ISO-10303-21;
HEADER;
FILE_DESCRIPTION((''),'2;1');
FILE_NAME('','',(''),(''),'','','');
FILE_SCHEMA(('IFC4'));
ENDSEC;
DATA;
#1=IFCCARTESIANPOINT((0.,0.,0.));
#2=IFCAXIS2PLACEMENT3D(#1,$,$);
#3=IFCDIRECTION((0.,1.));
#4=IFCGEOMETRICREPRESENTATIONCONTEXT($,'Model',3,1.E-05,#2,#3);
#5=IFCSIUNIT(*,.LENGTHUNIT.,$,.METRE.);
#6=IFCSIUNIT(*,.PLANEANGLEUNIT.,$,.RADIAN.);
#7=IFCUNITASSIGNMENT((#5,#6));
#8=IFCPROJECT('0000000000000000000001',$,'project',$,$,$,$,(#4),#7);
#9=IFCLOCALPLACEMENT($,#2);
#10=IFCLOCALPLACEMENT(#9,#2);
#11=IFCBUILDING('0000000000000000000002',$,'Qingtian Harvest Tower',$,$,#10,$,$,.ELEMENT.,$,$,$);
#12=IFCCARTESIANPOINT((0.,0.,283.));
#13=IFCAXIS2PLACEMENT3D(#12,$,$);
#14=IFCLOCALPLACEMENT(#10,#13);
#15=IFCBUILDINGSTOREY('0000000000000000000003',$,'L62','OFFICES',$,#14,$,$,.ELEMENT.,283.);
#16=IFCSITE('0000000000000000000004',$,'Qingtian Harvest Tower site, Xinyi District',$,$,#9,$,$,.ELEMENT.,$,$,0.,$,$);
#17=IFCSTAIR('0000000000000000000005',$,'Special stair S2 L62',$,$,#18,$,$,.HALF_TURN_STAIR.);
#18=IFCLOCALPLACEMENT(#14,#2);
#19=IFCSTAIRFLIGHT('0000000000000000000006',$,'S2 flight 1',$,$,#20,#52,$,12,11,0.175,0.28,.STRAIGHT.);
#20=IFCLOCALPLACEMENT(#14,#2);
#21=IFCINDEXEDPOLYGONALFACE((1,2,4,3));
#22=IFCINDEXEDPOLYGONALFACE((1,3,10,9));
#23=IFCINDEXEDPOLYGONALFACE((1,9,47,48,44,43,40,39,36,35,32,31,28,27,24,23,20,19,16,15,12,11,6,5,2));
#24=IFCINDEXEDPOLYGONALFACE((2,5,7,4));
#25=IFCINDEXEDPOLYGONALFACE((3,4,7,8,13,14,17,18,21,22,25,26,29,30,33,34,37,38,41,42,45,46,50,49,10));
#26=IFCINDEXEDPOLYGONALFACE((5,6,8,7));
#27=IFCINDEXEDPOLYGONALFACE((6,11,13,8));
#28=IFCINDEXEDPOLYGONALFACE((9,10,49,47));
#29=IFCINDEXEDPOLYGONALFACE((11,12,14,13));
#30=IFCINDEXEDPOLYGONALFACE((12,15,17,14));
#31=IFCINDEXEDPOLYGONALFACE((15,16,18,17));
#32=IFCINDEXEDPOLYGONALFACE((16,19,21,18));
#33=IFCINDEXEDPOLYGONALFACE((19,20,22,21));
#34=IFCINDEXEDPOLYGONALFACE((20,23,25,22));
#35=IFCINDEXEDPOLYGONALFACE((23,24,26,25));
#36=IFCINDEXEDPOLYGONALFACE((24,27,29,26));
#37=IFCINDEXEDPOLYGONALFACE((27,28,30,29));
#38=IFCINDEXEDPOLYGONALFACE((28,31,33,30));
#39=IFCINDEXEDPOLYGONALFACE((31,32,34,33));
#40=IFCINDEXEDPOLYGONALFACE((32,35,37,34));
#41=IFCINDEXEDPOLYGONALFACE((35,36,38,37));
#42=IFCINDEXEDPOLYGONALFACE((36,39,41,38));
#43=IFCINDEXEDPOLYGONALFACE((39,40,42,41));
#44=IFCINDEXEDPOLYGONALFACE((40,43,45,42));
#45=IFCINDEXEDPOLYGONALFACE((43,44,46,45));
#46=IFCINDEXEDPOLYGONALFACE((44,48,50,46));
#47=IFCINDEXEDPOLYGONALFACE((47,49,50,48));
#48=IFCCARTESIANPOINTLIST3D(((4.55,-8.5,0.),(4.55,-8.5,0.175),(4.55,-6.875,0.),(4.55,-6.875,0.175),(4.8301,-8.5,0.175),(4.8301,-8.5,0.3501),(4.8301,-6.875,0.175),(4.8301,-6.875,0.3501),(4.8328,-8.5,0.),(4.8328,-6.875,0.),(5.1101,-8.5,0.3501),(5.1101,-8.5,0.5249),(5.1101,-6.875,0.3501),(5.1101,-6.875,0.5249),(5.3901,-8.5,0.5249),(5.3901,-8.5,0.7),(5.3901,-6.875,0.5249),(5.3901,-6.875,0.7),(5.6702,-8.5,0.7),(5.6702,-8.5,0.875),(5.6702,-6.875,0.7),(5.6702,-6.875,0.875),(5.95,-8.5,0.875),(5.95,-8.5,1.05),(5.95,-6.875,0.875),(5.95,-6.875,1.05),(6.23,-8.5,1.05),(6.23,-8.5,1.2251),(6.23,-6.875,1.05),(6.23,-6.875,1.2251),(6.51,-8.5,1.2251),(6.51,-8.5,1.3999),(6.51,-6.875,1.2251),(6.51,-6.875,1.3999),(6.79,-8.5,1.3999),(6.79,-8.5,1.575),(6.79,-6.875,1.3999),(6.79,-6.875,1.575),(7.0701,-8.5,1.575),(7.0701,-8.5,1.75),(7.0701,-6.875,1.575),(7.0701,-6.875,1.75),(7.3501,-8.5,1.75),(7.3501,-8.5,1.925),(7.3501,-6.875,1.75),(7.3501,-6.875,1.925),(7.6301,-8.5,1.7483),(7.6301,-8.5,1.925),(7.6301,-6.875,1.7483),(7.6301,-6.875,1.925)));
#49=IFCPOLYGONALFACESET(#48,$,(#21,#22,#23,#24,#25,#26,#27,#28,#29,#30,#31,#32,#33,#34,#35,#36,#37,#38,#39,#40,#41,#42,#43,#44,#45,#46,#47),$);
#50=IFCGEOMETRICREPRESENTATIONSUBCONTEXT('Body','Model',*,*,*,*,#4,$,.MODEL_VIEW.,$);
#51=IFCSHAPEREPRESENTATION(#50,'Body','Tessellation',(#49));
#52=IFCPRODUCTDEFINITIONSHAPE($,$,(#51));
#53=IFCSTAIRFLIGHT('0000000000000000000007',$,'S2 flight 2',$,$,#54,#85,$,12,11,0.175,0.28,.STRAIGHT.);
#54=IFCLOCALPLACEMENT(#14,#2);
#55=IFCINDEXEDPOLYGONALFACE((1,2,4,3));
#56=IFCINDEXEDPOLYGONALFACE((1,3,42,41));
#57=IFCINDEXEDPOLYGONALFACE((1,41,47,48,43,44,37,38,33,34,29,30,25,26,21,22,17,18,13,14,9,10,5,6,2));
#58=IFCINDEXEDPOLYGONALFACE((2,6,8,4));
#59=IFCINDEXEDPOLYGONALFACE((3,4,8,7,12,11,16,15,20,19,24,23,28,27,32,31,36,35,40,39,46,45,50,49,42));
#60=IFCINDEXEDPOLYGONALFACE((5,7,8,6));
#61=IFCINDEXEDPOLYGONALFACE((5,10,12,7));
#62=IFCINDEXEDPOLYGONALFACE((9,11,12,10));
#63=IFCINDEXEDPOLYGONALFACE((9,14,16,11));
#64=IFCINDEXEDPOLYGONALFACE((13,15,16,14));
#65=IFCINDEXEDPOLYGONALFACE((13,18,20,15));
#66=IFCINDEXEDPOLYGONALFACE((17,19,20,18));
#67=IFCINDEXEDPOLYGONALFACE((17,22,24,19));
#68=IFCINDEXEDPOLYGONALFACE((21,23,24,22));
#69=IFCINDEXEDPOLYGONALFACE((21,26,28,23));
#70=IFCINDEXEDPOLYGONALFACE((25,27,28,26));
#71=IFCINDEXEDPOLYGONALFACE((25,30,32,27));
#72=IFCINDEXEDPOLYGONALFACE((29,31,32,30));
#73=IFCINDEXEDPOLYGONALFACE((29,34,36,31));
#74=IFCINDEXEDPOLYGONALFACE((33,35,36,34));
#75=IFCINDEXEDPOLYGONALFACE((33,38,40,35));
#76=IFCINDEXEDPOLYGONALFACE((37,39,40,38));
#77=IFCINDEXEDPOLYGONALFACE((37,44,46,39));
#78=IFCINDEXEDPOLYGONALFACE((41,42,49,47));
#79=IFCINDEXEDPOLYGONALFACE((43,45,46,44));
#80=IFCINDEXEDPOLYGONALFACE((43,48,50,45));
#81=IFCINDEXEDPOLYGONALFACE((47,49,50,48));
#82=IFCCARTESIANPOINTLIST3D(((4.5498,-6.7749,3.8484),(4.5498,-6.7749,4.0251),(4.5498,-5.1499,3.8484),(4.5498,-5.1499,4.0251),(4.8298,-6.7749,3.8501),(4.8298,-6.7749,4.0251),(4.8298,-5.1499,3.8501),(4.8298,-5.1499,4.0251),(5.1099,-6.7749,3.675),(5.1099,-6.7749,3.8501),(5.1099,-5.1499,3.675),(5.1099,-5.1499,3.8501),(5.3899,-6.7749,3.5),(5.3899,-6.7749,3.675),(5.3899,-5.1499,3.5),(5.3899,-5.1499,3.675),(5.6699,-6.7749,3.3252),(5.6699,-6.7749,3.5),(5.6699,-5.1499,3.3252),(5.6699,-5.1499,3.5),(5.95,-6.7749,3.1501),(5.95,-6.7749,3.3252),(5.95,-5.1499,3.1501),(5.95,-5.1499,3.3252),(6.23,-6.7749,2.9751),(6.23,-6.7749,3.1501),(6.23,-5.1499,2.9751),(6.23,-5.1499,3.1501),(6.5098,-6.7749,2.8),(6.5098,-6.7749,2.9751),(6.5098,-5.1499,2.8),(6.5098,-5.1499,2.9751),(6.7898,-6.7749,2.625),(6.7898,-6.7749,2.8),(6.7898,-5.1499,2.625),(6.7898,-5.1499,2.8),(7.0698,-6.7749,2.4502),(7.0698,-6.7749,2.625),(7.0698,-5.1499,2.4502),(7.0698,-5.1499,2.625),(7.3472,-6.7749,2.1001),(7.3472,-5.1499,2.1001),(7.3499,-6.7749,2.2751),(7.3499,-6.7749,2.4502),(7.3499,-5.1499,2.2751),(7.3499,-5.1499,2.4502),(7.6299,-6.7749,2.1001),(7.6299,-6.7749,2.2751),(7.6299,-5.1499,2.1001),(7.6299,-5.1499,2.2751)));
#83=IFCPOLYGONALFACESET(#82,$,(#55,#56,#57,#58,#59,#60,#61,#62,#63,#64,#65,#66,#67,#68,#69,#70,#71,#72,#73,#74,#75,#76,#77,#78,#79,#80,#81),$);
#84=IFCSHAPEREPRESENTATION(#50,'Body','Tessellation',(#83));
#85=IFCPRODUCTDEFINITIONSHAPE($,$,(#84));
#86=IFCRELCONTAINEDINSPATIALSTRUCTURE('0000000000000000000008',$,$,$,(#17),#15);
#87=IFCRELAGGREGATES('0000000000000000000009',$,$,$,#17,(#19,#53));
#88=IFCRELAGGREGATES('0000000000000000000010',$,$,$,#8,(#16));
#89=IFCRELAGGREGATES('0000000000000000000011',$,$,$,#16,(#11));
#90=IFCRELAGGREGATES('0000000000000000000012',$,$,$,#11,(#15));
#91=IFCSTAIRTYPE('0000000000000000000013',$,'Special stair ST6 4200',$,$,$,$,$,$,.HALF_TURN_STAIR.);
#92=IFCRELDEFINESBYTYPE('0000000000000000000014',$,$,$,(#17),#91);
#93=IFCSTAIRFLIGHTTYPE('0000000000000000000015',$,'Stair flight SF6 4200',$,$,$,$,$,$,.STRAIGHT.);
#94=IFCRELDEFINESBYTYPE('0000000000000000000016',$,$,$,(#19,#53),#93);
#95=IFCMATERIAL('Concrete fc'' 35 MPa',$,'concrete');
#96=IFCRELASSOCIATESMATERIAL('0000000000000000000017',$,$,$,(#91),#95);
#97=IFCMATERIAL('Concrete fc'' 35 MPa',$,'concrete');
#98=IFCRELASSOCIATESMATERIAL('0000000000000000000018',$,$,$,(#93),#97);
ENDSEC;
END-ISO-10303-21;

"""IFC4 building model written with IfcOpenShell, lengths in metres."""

from ifc_helpers import new_model, si_unit, direction, frame, origin, place, context, subcontext, project, spatial, polyline, outline, extrude, material, type_object, element, aggregate, save


model = new_model("IFC4")

# Units and contexts
model_context = context("Model", 3, precision=1e-05, world=origin(), true_north=direction((0.0, 1.0)))
body_context = subcontext(model_context, "Body", "Model", "MODEL_VIEW")
ifc_project = project(units=[si_unit("LENGTHUNIT", "METRE"), si_unit("PLANEANGLEUNIT", "RADIAN")], contexts=[model_context])

# Site, building, storey
site_placement = place(None, origin())
site = spatial("IfcSite", under=ifc_project, at=site_placement, Name="Qingtian Harvest Tower site, Xinyi District", CompositionType="ELEMENT", RefElevation=0.0)
building_placement = place(site_placement, origin())
building = spatial("IfcBuilding", under=site, at=building_placement, Name="Qingtian Harvest Tower", CompositionType="ELEMENT")
storey_placement = place(building_placement, frame((0.0, 0.0, 283.0)))
storey = spatial("IfcBuildingStorey", under=building, at=storey_placement, Name="L62", Description="OFFICES", CompositionType="ELEMENT", Elevation=283.0)

# Stair, stair flights
ifc_material_1 = material(Name="Concrete fc' 35 MPa", Category="concrete")
stair_type = type_object("IfcStairType", Name="Special stair ST6 4200", PredefinedType="HALF_TURN_STAIR", material=ifc_material_1)
stair_placement = place(storey_placement, origin())
stair = element("IfcStair", 1, at=stair_placement, inside=storey, type_object=stair_type, Name="Special stair S2 L62", PredefinedType="HALF_TURN_STAIR")
ifc_material_2 = material(Name="Concrete fc' 35 MPa", Category="concrete")
stair_flight_type = type_object("IfcStairFlightType", Name="Stair flight SF6 4200", PredefinedType="STRAIGHT", material=ifc_material_2)
stair_flight_1_placement = place(storey_placement, frame((4.55, -7.6875, 0.0), z_axis=(0.0, 0.0, 1.0), x_axis=(1.0, 0.0, 0.0)))
stair_flight_1 = element("IfcStairFlight", 2, at=stair_flight_1_placement, type_object=stair_flight_type, Name="S2 flight 1", NumberOfRisers=12, NumberOfTreads=11, PredefinedType="STRAIGHT", RiserHeight=0.175, TreadLength=0.28, context=body_context, shape_type="SweptSolid", body=[
    extrude(outline(polyline([(0.0, 0.0), (0.0, 0.175), (0.28, 0.175), (0.28, 0.3501), (0.5601, 0.3501), (0.5601, 0.5249), (0.8401, 0.5249), (0.8401, 0.7), (1.1201, 0.7), (1.1201, 0.875), (1.3999, 0.875), (1.3999, 1.05), (1.6799, 1.05), (1.6799, 1.2251), (1.96, 1.2251), (1.96, 1.3999), (2.24, 1.3999), (2.24, 1.575), (2.52, 1.575), (2.52, 1.75), (2.8, 1.75), (2.8, 1.925), (3.0801, 1.925), (3.0801, 2.1001), (3.0801, 1.7483), (0.2827, 0.0), (0.0, 0.0)])), frame((0.0, 0.8125, 0.0), z_axis=(0.0, -1.0, 0.0), x_axis=(1.0, 0.0, 0.0)), (0.0, 0.0, 1.0), 1.625),
])
stair_flight_2_placement = place(storey_placement, frame((7.6299, -5.9624, 2.1001), z_axis=(0.0, 0.0, 1.0), x_axis=(-1.0, 0.0, 0.0)))
stair_flight_2 = element("IfcStairFlight", 3, at=stair_flight_2_placement, type_object=stair_flight_type, Name="S2 flight 2", NumberOfRisers=12, NumberOfTreads=11, PredefinedType="STRAIGHT", RiserHeight=0.175, TreadLength=0.28, context=body_context, shape_type="SweptSolid", body=[
    extrude(outline(polyline([(0.0, 0.0), (0.0, 0.175), (0.28, 0.175), (0.28, 0.3501), (0.5601, 0.3501), (0.5601, 0.5249), (0.8401, 0.5249), (0.8401, 0.7), (1.1201, 0.7), (1.1201, 0.875), (1.3999, 0.875), (1.3999, 1.05), (1.6799, 1.05), (1.6799, 1.2251), (1.96, 1.2251), (1.96, 1.3999), (2.24, 1.3999), (2.24, 1.575), (2.52, 1.575), (2.52, 1.75), (2.8, 1.75), (2.8, 1.925), (3.0801, 1.925), (3.0801, 2.1001), (3.0801, 1.7483), (0.2827, 0.0), (0.0, 0.0)])), frame((0.0, 0.8125, 0.0), z_axis=(0.0, -1.0, 0.0), x_axis=(1.0, 0.0, 0.0)), (0.0, 0.0, 1.0), 1.625),
])
aggregate(stair, [stair_flight_1, stair_flight_2])

save(model, "model.ifc")
